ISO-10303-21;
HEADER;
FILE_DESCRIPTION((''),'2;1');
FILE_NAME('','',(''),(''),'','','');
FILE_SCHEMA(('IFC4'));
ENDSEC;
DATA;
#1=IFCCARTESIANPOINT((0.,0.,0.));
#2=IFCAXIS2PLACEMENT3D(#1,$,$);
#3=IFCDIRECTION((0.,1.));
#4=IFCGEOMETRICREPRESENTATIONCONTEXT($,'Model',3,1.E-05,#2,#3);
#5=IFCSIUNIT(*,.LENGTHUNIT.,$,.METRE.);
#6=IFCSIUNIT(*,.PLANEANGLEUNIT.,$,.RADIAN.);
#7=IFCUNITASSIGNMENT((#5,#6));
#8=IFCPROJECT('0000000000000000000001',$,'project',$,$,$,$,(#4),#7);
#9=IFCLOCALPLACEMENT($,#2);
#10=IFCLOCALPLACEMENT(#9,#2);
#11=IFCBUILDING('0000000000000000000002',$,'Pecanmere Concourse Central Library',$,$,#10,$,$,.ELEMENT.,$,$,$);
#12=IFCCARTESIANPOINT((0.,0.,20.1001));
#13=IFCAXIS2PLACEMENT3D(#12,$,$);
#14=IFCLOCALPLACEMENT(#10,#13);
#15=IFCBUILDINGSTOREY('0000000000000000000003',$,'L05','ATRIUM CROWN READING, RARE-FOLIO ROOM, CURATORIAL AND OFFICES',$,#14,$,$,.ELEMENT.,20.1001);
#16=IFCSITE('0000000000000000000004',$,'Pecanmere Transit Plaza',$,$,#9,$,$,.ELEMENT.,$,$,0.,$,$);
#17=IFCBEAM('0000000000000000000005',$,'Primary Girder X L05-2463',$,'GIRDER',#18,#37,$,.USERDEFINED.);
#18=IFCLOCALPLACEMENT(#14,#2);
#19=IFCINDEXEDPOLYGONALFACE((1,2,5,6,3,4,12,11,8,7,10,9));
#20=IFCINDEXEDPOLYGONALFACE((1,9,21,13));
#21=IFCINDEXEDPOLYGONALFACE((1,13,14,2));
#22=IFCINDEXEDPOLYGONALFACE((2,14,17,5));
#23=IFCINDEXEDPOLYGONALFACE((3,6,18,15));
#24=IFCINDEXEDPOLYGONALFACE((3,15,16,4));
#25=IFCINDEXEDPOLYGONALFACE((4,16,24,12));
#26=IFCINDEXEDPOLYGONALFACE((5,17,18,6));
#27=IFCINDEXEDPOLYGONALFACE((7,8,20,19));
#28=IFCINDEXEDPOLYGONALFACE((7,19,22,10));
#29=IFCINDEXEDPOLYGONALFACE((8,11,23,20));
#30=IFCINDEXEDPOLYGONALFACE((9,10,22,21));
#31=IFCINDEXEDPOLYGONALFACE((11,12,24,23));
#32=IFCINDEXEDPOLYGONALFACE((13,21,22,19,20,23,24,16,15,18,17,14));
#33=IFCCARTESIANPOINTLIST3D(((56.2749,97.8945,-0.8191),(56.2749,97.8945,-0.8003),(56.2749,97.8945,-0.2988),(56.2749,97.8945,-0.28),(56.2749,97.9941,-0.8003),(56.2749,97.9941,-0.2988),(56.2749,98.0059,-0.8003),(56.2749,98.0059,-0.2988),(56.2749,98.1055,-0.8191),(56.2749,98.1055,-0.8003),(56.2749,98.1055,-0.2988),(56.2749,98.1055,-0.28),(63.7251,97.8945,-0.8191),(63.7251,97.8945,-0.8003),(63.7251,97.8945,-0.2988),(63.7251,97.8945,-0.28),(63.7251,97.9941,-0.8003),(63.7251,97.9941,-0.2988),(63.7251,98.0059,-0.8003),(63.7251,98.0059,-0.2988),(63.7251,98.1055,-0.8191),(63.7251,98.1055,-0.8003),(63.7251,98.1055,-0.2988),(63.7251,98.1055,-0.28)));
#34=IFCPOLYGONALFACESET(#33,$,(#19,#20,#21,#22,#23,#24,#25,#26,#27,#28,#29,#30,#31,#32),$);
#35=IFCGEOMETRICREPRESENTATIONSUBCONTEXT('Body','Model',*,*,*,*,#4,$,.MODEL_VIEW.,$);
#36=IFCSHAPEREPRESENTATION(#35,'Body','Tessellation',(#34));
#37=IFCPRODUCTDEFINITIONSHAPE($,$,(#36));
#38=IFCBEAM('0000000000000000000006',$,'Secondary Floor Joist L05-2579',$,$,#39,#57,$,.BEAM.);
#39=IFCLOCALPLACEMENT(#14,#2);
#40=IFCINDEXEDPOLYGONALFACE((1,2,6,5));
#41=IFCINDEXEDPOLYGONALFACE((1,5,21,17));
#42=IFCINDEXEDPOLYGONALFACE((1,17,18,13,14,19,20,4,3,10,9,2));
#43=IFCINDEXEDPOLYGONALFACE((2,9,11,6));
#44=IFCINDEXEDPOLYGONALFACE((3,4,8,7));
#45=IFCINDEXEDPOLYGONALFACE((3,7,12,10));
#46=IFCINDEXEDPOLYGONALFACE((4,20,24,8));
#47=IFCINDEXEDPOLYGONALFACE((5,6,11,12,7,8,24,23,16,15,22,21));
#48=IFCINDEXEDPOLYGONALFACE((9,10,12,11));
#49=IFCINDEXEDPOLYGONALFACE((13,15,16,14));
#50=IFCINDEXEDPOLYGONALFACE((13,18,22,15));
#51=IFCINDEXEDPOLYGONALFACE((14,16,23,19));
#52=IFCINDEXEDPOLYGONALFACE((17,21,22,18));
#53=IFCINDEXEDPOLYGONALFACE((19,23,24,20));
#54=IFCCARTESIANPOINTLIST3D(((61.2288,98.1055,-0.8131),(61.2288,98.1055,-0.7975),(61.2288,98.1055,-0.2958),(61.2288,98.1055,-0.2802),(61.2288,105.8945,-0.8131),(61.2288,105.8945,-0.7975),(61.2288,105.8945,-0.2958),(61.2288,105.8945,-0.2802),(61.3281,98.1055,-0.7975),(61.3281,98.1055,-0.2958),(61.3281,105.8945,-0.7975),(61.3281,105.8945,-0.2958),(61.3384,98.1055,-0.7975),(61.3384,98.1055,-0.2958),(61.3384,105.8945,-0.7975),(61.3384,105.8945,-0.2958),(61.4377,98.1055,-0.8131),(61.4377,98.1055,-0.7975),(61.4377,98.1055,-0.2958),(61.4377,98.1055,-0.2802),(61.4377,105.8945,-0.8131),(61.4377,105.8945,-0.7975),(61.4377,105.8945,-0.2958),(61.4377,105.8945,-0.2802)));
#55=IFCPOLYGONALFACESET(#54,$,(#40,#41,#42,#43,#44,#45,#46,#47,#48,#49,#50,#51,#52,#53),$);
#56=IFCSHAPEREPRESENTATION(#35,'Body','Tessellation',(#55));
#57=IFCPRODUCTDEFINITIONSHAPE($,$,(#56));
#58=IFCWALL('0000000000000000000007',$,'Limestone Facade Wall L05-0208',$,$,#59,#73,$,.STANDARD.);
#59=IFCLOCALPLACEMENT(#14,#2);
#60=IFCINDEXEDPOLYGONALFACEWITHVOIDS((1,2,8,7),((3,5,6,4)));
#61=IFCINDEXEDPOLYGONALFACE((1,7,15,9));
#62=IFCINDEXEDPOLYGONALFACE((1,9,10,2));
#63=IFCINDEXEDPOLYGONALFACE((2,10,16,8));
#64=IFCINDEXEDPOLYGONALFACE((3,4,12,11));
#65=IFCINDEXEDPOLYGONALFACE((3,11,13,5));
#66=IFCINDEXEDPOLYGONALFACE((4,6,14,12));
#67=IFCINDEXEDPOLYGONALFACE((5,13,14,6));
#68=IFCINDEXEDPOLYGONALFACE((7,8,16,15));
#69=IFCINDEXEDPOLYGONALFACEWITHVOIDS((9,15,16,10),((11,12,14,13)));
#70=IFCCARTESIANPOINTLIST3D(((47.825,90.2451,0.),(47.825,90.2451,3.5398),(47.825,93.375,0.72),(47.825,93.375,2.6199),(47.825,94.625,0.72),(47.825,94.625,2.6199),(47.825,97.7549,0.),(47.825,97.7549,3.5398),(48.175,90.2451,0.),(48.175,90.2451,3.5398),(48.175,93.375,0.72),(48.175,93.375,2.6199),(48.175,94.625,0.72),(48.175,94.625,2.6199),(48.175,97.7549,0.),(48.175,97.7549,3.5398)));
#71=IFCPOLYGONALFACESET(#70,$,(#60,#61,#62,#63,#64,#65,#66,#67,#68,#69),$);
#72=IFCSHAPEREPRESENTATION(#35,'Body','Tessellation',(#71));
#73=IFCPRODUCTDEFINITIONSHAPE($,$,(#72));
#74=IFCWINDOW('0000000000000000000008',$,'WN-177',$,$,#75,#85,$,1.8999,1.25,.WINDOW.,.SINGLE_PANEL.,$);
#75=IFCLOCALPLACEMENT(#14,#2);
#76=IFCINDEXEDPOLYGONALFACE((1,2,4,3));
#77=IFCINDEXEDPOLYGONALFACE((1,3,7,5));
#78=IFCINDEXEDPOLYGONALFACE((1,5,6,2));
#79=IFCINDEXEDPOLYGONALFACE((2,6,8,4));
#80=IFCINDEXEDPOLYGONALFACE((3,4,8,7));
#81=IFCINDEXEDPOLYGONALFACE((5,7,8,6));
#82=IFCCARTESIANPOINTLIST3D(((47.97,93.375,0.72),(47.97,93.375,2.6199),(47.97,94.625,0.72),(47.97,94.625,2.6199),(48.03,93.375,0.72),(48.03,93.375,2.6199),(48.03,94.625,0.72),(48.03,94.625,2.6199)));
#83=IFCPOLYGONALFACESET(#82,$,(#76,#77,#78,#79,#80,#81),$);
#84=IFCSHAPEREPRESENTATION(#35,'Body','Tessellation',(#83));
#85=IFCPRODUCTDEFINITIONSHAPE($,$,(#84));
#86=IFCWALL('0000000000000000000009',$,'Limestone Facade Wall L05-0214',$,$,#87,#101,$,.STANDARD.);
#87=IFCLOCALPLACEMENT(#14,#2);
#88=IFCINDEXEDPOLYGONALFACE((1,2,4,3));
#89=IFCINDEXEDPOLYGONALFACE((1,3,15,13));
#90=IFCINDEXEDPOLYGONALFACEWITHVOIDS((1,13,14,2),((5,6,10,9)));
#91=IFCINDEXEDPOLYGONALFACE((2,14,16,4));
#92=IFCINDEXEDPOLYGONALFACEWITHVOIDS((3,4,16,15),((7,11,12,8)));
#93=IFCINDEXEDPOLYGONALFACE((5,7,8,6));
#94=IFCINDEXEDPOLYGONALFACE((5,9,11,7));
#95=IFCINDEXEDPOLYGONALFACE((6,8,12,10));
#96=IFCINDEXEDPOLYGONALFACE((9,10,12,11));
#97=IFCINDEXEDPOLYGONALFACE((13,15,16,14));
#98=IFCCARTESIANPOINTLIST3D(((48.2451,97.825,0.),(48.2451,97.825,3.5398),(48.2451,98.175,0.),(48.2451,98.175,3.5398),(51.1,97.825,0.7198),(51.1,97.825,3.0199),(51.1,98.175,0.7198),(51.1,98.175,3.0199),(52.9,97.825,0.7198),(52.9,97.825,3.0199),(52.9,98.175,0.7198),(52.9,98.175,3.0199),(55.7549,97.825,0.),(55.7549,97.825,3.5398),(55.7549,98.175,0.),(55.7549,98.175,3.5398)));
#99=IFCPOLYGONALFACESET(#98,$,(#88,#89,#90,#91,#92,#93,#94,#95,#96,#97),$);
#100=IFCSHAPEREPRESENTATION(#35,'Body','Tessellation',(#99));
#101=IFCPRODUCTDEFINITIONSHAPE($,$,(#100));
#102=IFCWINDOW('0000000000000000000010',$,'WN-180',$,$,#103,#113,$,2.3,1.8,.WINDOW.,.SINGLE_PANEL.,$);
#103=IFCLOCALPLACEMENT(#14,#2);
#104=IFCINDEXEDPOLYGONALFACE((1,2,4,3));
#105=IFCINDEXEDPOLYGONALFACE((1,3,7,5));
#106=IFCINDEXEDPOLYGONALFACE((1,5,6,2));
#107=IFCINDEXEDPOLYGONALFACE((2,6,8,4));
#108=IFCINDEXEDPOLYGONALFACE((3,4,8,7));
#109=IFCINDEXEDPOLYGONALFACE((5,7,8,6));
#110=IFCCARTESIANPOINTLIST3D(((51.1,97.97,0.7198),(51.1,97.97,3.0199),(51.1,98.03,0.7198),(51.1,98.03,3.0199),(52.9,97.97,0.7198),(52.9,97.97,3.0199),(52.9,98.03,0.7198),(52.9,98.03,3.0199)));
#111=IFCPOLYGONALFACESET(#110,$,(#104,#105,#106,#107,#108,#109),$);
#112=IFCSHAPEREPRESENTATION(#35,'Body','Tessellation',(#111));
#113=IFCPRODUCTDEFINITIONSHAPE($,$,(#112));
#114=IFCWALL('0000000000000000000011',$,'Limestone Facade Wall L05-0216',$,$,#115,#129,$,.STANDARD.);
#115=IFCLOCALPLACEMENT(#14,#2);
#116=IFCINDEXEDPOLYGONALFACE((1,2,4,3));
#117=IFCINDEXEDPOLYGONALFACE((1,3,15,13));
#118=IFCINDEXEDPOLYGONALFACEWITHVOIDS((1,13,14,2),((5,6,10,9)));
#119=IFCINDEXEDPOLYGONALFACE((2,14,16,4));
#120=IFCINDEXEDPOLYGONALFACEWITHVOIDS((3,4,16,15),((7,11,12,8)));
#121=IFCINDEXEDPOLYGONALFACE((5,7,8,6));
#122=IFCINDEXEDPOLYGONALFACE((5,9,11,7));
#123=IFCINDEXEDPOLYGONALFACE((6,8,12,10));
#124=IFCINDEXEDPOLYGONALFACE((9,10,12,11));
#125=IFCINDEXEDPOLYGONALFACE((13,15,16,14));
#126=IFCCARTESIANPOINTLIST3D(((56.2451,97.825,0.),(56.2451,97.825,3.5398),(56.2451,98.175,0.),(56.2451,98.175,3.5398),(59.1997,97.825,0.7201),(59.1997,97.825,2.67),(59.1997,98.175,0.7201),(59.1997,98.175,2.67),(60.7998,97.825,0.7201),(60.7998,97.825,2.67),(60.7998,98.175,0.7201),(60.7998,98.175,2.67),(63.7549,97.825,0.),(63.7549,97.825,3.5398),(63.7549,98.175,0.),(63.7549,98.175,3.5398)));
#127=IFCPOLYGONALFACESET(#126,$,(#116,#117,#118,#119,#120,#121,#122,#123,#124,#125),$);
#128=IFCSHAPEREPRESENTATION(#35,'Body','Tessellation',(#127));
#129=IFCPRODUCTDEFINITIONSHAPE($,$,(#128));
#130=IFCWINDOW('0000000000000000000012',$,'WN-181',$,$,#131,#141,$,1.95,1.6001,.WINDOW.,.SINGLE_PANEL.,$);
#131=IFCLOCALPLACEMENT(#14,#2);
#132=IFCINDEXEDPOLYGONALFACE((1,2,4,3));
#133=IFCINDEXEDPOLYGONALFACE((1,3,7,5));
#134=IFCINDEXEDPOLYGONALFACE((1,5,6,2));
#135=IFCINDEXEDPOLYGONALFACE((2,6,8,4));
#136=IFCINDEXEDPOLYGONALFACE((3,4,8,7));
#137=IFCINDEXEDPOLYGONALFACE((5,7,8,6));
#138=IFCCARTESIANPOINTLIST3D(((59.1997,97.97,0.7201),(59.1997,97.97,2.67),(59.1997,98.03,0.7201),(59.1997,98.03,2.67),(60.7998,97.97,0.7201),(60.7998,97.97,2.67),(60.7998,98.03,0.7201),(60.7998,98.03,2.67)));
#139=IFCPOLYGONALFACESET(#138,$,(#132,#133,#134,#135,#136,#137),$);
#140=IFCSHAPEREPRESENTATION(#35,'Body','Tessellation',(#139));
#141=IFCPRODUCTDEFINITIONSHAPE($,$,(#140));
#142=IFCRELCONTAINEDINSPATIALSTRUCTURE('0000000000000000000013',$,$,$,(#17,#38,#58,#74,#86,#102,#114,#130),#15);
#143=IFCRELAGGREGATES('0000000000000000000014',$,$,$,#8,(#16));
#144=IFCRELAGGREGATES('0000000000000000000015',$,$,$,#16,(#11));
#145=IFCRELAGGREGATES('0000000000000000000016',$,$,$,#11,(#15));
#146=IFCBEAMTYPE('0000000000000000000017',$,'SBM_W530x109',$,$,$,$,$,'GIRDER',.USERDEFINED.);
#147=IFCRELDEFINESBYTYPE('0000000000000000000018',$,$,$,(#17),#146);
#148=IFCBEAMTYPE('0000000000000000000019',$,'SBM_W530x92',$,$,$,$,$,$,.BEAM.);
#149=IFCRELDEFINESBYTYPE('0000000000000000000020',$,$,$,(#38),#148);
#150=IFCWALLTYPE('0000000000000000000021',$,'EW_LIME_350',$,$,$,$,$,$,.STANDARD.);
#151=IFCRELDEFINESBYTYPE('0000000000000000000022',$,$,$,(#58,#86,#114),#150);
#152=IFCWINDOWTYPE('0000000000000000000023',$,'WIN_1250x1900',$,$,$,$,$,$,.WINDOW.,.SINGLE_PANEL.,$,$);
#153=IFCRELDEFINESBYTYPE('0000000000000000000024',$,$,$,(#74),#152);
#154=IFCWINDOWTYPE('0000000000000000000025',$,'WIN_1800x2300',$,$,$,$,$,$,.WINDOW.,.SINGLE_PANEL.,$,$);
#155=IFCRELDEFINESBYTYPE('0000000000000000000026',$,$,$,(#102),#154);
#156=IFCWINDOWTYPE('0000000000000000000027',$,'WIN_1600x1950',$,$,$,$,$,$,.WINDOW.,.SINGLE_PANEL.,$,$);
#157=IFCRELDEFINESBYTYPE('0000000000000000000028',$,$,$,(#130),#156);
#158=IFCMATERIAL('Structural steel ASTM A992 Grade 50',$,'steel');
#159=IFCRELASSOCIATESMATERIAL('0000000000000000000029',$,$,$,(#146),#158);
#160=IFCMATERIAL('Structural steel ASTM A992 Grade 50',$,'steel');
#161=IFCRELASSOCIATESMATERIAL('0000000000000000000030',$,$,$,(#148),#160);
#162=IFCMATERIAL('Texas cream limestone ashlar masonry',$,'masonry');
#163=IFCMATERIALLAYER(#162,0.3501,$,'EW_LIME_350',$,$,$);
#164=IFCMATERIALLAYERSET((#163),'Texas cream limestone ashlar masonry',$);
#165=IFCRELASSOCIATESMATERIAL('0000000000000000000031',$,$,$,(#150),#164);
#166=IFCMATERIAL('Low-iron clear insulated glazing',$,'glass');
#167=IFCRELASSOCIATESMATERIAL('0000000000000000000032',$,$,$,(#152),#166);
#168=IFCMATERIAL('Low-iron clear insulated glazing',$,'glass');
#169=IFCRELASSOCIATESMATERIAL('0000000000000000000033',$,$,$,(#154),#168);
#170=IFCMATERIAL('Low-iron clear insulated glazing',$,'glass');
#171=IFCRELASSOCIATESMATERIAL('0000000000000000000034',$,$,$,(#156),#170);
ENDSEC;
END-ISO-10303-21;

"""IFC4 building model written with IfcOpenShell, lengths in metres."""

from ifc_helpers import new_model, si_unit, direction, frame, frame_2d, origin, origin_2d, place, context, subcontext, project, spatial, rectangle, i_section, extrude, material, layer, layer_set, material_profile, profile_set, type_object, element, fill, save


model = new_model("IFC4")

# Units and contexts
model_context = context("Model", 3, precision=1e-05, world=origin(), true_north=direction((0.0, 1.0)))
body_context = subcontext(model_context, "Body", "Model", "MODEL_VIEW")
ifc_project = project(units=[si_unit("LENGTHUNIT", "METRE"), si_unit("PLANEANGLEUNIT", "RADIAN")], contexts=[model_context])

# Site, building, storey
site_placement = place(None, origin())
site = spatial("IfcSite", under=ifc_project, at=site_placement, Name="Pecanmere Transit Plaza", CompositionType="ELEMENT", RefElevation=0.0)
building_placement = place(site_placement, origin())
building = spatial("IfcBuilding", under=site, at=building_placement, Name="Pecanmere Concourse Central Library", CompositionType="ELEMENT")
storey_placement = place(building_placement, frame((0.0, 0.0, 20.1001)))
storey = spatial("IfcBuildingStorey", under=building, at=storey_placement, Name="L05", Description="ATRIUM CROWN READING, RARE-FOLIO ROOM, CURATORIAL AND OFFICES", CompositionType="ELEMENT", Elevation=20.1001)

# Beams
ifc_material_1 = material(Name="Structural steel ASTM A992 Grade 50", Category="steel")
ifc_material_profile_1 = material_profile(ifc_material_1, i_section(OverallWidth=0.2109, OverallDepth=0.5391, WebThickness=0.0117, FlangeThickness=0.0188, at=origin_2d()), Name="W530x109")
ifc_profile_set_1 = profile_set([ifc_material_profile_1], Name="Structural steel ASTM A992 Grade 50")
beam_type_1 = type_object("IfcBeamType", Name="SBM_W530x109", ElementType="GIRDER", PredefinedType="USERDEFINED", material=ifc_profile_set_1)
for number, where, z_axis, x_axis, name in (
    (1, (56.2749, 98.0, -0.5496), (1.0, 0.0, 0.0), (0.0, 1.0, 0.0), "Primary Girder X L05-2463"),
):
    element("IfcBeam", number, at=place(storey_placement, frame(where, z_axis=z_axis, x_axis=x_axis)), inside=storey, type_object=beam_type_1, Name=name, ObjectType="GIRDER", PredefinedType="USERDEFINED", context=body_context, shape_type="SweptSolid", body=[
        extrude(i_section(OverallWidth=0.2109, OverallDepth=0.5391, WebThickness=0.0117, FlangeThickness=0.0188, at=origin_2d()), origin(), (0.0, 0.0, 1.0), 7.4502),
    ])
ifc_material_2 = material(Name="Structural steel ASTM A992 Grade 50", Category="steel")
ifc_material_profile_2 = material_profile(ifc_material_2, i_section(OverallWidth=0.209, OverallDepth=0.533, WebThickness=0.0103, FlangeThickness=0.0156, at=origin_2d()), Name="W530x92")
ifc_profile_set_2 = profile_set([ifc_material_profile_2], Name="Structural steel ASTM A992 Grade 50")
beam_type_2 = type_object("IfcBeamType", Name="SBM_W530x92", PredefinedType="BEAM", material=ifc_profile_set_2)
beam_1_placement = place(storey_placement, frame((61.3333, 98.1055, -0.5466), z_axis=(0.0, 1.0, 0.0), x_axis=(-1.0, 0.0, 0.0)))
element("IfcBeam", 2, at=beam_1_placement, inside=storey, type_object=beam_type_2, Name="Secondary Floor Joist L05-2579", PredefinedType="BEAM", context=body_context, shape_type="SweptSolid", body=[
    extrude(i_section(OverallWidth=0.209, OverallDepth=0.533, WebThickness=0.0103, FlangeThickness=0.0156, at=origin_2d()), origin(), (0.0, 0.0, 1.0), 7.7891),
])

# Walls, openings, windows
ifc_material_3 = material(Name="Texas cream limestone ashlar masonry", Category="masonry")
ifc_layer = layer(ifc_material_3, 0.3501, Name="EW_LIME_350")
ifc_layer_set = layer_set([ifc_layer], Name="Texas cream limestone ashlar masonry")
wall_type = type_object("IfcWallType", Name="EW_LIME_350", PredefinedType="STANDARD", material=ifc_layer_set)
wall_1_placement = place(storey_placement, frame((48.0, 97.7549, 0.0), z_axis=(0.0, 0.0, 1.0), x_axis=(0.0, -1.0, 0.0)))
wall_1 = element("IfcWall", 3, at=wall_1_placement, inside=storey, type_object=wall_type, Name="Limestone Facade Wall L05-0208", PredefinedType="STANDARD", context=body_context, shape_type="SweptSolid", body=[
    extrude(rectangle(XDim=7.5098, YDim=0.3501, at=frame_2d((3.7549, 0.0))), origin(), (0.0, 0.0, 1.0), 3.5398),
])
opening_1_placement = place(wall_1_placement, frame((3.1299, 0.0, 0.72)))
opening_1 = element("IfcOpeningElement", 4, at=opening_1_placement, cuts=wall_1, PredefinedType="OPENING", context=body_context, shape_type="SweptSolid", body=[
    extrude(rectangle(XDim=1.25, YDim=1.8999, at=frame_2d((0.625, 0.95))), frame((0.0, 0.187, 0.0), z_axis=(0.0, -1.0, 0.0), x_axis=(1.0, 0.0, 0.0)), (0.0, 0.0, 1.0), 0.374),
])
ifc_material_4 = material(Name="Low-iron clear insulated glazing", Category="glass")
window_type_1 = type_object("IfcWindowType", Name="WIN_1250x1900", PartitioningType="SINGLE_PANEL", PredefinedType="WINDOW", material=ifc_material_4)
window_1_placement = place(opening_1_placement, origin())
window_1 = element("IfcWindow", 5, at=window_1_placement, inside=storey, type_object=window_type_1, Name="WN-177", OverallHeight=1.8999, OverallWidth=1.25, PartitioningType="SINGLE_PANEL", PredefinedType="WINDOW", context=body_context, shape_type="SweptSolid", body=[
    extrude(rectangle(XDim=1.25, YDim=1.8999, at=frame_2d((0.625, 0.95))), frame((0.0, 0.03, 0.0), z_axis=(0.0, -1.0, 0.0), x_axis=(1.0, 0.0, 0.0)), (0.0, 0.0, 1.0), 0.0601),
])
fill(opening_1, window_1)
wall_2_placement = place(storey_placement, frame((55.7549, 98.0, 0.0), z_axis=(0.0, 0.0, 1.0), x_axis=(-1.0, 0.0, 0.0)))
wall_2 = element("IfcWall", 6, at=wall_2_placement, inside=storey, type_object=wall_type, Name="Limestone Facade Wall L05-0214", PredefinedType="STANDARD", context=body_context, shape_type="SweptSolid", body=[
    extrude(rectangle(XDim=7.5098, YDim=0.3501, at=frame_2d((3.7549, 0.0))), origin(), (0.0, 0.0, 1.0), 3.5398),
])
opening_2_placement = place(wall_2_placement, frame((2.855, 0.0, 0.72)))
opening_2 = element("IfcOpeningElement", 7, at=opening_2_placement, cuts=wall_2, PredefinedType="OPENING", context=body_context, shape_type="SweptSolid", body=[
    extrude(rectangle(XDim=1.8, YDim=2.3, at=frame_2d((0.8999, 1.1499))), frame((0.0, 0.187, 0.0), z_axis=(0.0, -1.0, 0.0), x_axis=(1.0, 0.0, 0.0)), (0.0, 0.0, 1.0), 0.374),
])
ifc_material_5 = material(Name="Low-iron clear insulated glazing", Category="glass")
window_type_2 = type_object("IfcWindowType", Name="WIN_1800x2300", PartitioningType="SINGLE_PANEL", PredefinedType="WINDOW", material=ifc_material_5)
window_2_placement = place(opening_2_placement, origin())
window_2 = element("IfcWindow", 8, at=window_2_placement, inside=storey, type_object=window_type_2, Name="WN-180", OverallHeight=2.3, OverallWidth=1.8, PartitioningType="SINGLE_PANEL", PredefinedType="WINDOW", context=body_context, shape_type="SweptSolid", body=[
    extrude(rectangle(XDim=1.8, YDim=2.3, at=frame_2d((0.8999, 1.1499))), frame((0.0, 0.03, 0.0), z_axis=(0.0, -1.0, 0.0), x_axis=(1.0, 0.0, 0.0)), (0.0, 0.0, 1.0), 0.0601),
])
fill(opening_2, window_2)
wall_3_placement = place(storey_placement, frame((63.7549, 98.0, 0.0), z_axis=(0.0, 0.0, 1.0), x_axis=(-1.0, 0.0, 0.0)))
wall_3 = element("IfcWall", 9, at=wall_3_placement, inside=storey, type_object=wall_type, Name="Limestone Facade Wall L05-0216", PredefinedType="STANDARD", context=body_context, shape_type="SweptSolid", body=[
    extrude(rectangle(XDim=7.5098, YDim=0.3501, at=frame_2d((3.7549, 0.0))), origin(), (0.0, 0.0, 1.0), 3.5398),
])
opening_3_placement = place(wall_3_placement, frame((2.9551, 0.0, 0.72)))
opening_3 = element("IfcOpeningElement", 10, at=opening_3_placement, cuts=wall_3, PredefinedType="OPENING", context=body_context, shape_type="SweptSolid", body=[
    extrude(rectangle(XDim=1.6001, YDim=1.95, at=frame_2d((0.8, 0.9751))), frame((0.0, 0.187, 0.0), z_axis=(0.0, -1.0, 0.0), x_axis=(1.0, 0.0, 0.0)), (0.0, 0.0, 1.0), 0.374),
])
ifc_material_6 = material(Name="Low-iron clear insulated glazing", Category="glass")
window_type_3 = type_object("IfcWindowType", Name="WIN_1600x1950", PartitioningType="SINGLE_PANEL", PredefinedType="WINDOW", material=ifc_material_6)
window_3_placement = place(opening_3_placement, origin())
window_3 = element("IfcWindow", 11, at=window_3_placement, inside=storey, type_object=window_type_3, Name="WN-181", OverallHeight=1.95, OverallWidth=1.6001, PartitioningType="SINGLE_PANEL", PredefinedType="WINDOW", context=body_context, shape_type="SweptSolid", body=[
    extrude(rectangle(XDim=1.6001, YDim=1.95, at=frame_2d((0.8, 0.9751))), frame((0.0, 0.03, 0.0), z_axis=(0.0, -1.0, 0.0), x_axis=(1.0, 0.0, 0.0)), (0.0, 0.0, 1.0), 0.0601),
])
fill(opening_3, window_3)

save(model, "model.ifc")
